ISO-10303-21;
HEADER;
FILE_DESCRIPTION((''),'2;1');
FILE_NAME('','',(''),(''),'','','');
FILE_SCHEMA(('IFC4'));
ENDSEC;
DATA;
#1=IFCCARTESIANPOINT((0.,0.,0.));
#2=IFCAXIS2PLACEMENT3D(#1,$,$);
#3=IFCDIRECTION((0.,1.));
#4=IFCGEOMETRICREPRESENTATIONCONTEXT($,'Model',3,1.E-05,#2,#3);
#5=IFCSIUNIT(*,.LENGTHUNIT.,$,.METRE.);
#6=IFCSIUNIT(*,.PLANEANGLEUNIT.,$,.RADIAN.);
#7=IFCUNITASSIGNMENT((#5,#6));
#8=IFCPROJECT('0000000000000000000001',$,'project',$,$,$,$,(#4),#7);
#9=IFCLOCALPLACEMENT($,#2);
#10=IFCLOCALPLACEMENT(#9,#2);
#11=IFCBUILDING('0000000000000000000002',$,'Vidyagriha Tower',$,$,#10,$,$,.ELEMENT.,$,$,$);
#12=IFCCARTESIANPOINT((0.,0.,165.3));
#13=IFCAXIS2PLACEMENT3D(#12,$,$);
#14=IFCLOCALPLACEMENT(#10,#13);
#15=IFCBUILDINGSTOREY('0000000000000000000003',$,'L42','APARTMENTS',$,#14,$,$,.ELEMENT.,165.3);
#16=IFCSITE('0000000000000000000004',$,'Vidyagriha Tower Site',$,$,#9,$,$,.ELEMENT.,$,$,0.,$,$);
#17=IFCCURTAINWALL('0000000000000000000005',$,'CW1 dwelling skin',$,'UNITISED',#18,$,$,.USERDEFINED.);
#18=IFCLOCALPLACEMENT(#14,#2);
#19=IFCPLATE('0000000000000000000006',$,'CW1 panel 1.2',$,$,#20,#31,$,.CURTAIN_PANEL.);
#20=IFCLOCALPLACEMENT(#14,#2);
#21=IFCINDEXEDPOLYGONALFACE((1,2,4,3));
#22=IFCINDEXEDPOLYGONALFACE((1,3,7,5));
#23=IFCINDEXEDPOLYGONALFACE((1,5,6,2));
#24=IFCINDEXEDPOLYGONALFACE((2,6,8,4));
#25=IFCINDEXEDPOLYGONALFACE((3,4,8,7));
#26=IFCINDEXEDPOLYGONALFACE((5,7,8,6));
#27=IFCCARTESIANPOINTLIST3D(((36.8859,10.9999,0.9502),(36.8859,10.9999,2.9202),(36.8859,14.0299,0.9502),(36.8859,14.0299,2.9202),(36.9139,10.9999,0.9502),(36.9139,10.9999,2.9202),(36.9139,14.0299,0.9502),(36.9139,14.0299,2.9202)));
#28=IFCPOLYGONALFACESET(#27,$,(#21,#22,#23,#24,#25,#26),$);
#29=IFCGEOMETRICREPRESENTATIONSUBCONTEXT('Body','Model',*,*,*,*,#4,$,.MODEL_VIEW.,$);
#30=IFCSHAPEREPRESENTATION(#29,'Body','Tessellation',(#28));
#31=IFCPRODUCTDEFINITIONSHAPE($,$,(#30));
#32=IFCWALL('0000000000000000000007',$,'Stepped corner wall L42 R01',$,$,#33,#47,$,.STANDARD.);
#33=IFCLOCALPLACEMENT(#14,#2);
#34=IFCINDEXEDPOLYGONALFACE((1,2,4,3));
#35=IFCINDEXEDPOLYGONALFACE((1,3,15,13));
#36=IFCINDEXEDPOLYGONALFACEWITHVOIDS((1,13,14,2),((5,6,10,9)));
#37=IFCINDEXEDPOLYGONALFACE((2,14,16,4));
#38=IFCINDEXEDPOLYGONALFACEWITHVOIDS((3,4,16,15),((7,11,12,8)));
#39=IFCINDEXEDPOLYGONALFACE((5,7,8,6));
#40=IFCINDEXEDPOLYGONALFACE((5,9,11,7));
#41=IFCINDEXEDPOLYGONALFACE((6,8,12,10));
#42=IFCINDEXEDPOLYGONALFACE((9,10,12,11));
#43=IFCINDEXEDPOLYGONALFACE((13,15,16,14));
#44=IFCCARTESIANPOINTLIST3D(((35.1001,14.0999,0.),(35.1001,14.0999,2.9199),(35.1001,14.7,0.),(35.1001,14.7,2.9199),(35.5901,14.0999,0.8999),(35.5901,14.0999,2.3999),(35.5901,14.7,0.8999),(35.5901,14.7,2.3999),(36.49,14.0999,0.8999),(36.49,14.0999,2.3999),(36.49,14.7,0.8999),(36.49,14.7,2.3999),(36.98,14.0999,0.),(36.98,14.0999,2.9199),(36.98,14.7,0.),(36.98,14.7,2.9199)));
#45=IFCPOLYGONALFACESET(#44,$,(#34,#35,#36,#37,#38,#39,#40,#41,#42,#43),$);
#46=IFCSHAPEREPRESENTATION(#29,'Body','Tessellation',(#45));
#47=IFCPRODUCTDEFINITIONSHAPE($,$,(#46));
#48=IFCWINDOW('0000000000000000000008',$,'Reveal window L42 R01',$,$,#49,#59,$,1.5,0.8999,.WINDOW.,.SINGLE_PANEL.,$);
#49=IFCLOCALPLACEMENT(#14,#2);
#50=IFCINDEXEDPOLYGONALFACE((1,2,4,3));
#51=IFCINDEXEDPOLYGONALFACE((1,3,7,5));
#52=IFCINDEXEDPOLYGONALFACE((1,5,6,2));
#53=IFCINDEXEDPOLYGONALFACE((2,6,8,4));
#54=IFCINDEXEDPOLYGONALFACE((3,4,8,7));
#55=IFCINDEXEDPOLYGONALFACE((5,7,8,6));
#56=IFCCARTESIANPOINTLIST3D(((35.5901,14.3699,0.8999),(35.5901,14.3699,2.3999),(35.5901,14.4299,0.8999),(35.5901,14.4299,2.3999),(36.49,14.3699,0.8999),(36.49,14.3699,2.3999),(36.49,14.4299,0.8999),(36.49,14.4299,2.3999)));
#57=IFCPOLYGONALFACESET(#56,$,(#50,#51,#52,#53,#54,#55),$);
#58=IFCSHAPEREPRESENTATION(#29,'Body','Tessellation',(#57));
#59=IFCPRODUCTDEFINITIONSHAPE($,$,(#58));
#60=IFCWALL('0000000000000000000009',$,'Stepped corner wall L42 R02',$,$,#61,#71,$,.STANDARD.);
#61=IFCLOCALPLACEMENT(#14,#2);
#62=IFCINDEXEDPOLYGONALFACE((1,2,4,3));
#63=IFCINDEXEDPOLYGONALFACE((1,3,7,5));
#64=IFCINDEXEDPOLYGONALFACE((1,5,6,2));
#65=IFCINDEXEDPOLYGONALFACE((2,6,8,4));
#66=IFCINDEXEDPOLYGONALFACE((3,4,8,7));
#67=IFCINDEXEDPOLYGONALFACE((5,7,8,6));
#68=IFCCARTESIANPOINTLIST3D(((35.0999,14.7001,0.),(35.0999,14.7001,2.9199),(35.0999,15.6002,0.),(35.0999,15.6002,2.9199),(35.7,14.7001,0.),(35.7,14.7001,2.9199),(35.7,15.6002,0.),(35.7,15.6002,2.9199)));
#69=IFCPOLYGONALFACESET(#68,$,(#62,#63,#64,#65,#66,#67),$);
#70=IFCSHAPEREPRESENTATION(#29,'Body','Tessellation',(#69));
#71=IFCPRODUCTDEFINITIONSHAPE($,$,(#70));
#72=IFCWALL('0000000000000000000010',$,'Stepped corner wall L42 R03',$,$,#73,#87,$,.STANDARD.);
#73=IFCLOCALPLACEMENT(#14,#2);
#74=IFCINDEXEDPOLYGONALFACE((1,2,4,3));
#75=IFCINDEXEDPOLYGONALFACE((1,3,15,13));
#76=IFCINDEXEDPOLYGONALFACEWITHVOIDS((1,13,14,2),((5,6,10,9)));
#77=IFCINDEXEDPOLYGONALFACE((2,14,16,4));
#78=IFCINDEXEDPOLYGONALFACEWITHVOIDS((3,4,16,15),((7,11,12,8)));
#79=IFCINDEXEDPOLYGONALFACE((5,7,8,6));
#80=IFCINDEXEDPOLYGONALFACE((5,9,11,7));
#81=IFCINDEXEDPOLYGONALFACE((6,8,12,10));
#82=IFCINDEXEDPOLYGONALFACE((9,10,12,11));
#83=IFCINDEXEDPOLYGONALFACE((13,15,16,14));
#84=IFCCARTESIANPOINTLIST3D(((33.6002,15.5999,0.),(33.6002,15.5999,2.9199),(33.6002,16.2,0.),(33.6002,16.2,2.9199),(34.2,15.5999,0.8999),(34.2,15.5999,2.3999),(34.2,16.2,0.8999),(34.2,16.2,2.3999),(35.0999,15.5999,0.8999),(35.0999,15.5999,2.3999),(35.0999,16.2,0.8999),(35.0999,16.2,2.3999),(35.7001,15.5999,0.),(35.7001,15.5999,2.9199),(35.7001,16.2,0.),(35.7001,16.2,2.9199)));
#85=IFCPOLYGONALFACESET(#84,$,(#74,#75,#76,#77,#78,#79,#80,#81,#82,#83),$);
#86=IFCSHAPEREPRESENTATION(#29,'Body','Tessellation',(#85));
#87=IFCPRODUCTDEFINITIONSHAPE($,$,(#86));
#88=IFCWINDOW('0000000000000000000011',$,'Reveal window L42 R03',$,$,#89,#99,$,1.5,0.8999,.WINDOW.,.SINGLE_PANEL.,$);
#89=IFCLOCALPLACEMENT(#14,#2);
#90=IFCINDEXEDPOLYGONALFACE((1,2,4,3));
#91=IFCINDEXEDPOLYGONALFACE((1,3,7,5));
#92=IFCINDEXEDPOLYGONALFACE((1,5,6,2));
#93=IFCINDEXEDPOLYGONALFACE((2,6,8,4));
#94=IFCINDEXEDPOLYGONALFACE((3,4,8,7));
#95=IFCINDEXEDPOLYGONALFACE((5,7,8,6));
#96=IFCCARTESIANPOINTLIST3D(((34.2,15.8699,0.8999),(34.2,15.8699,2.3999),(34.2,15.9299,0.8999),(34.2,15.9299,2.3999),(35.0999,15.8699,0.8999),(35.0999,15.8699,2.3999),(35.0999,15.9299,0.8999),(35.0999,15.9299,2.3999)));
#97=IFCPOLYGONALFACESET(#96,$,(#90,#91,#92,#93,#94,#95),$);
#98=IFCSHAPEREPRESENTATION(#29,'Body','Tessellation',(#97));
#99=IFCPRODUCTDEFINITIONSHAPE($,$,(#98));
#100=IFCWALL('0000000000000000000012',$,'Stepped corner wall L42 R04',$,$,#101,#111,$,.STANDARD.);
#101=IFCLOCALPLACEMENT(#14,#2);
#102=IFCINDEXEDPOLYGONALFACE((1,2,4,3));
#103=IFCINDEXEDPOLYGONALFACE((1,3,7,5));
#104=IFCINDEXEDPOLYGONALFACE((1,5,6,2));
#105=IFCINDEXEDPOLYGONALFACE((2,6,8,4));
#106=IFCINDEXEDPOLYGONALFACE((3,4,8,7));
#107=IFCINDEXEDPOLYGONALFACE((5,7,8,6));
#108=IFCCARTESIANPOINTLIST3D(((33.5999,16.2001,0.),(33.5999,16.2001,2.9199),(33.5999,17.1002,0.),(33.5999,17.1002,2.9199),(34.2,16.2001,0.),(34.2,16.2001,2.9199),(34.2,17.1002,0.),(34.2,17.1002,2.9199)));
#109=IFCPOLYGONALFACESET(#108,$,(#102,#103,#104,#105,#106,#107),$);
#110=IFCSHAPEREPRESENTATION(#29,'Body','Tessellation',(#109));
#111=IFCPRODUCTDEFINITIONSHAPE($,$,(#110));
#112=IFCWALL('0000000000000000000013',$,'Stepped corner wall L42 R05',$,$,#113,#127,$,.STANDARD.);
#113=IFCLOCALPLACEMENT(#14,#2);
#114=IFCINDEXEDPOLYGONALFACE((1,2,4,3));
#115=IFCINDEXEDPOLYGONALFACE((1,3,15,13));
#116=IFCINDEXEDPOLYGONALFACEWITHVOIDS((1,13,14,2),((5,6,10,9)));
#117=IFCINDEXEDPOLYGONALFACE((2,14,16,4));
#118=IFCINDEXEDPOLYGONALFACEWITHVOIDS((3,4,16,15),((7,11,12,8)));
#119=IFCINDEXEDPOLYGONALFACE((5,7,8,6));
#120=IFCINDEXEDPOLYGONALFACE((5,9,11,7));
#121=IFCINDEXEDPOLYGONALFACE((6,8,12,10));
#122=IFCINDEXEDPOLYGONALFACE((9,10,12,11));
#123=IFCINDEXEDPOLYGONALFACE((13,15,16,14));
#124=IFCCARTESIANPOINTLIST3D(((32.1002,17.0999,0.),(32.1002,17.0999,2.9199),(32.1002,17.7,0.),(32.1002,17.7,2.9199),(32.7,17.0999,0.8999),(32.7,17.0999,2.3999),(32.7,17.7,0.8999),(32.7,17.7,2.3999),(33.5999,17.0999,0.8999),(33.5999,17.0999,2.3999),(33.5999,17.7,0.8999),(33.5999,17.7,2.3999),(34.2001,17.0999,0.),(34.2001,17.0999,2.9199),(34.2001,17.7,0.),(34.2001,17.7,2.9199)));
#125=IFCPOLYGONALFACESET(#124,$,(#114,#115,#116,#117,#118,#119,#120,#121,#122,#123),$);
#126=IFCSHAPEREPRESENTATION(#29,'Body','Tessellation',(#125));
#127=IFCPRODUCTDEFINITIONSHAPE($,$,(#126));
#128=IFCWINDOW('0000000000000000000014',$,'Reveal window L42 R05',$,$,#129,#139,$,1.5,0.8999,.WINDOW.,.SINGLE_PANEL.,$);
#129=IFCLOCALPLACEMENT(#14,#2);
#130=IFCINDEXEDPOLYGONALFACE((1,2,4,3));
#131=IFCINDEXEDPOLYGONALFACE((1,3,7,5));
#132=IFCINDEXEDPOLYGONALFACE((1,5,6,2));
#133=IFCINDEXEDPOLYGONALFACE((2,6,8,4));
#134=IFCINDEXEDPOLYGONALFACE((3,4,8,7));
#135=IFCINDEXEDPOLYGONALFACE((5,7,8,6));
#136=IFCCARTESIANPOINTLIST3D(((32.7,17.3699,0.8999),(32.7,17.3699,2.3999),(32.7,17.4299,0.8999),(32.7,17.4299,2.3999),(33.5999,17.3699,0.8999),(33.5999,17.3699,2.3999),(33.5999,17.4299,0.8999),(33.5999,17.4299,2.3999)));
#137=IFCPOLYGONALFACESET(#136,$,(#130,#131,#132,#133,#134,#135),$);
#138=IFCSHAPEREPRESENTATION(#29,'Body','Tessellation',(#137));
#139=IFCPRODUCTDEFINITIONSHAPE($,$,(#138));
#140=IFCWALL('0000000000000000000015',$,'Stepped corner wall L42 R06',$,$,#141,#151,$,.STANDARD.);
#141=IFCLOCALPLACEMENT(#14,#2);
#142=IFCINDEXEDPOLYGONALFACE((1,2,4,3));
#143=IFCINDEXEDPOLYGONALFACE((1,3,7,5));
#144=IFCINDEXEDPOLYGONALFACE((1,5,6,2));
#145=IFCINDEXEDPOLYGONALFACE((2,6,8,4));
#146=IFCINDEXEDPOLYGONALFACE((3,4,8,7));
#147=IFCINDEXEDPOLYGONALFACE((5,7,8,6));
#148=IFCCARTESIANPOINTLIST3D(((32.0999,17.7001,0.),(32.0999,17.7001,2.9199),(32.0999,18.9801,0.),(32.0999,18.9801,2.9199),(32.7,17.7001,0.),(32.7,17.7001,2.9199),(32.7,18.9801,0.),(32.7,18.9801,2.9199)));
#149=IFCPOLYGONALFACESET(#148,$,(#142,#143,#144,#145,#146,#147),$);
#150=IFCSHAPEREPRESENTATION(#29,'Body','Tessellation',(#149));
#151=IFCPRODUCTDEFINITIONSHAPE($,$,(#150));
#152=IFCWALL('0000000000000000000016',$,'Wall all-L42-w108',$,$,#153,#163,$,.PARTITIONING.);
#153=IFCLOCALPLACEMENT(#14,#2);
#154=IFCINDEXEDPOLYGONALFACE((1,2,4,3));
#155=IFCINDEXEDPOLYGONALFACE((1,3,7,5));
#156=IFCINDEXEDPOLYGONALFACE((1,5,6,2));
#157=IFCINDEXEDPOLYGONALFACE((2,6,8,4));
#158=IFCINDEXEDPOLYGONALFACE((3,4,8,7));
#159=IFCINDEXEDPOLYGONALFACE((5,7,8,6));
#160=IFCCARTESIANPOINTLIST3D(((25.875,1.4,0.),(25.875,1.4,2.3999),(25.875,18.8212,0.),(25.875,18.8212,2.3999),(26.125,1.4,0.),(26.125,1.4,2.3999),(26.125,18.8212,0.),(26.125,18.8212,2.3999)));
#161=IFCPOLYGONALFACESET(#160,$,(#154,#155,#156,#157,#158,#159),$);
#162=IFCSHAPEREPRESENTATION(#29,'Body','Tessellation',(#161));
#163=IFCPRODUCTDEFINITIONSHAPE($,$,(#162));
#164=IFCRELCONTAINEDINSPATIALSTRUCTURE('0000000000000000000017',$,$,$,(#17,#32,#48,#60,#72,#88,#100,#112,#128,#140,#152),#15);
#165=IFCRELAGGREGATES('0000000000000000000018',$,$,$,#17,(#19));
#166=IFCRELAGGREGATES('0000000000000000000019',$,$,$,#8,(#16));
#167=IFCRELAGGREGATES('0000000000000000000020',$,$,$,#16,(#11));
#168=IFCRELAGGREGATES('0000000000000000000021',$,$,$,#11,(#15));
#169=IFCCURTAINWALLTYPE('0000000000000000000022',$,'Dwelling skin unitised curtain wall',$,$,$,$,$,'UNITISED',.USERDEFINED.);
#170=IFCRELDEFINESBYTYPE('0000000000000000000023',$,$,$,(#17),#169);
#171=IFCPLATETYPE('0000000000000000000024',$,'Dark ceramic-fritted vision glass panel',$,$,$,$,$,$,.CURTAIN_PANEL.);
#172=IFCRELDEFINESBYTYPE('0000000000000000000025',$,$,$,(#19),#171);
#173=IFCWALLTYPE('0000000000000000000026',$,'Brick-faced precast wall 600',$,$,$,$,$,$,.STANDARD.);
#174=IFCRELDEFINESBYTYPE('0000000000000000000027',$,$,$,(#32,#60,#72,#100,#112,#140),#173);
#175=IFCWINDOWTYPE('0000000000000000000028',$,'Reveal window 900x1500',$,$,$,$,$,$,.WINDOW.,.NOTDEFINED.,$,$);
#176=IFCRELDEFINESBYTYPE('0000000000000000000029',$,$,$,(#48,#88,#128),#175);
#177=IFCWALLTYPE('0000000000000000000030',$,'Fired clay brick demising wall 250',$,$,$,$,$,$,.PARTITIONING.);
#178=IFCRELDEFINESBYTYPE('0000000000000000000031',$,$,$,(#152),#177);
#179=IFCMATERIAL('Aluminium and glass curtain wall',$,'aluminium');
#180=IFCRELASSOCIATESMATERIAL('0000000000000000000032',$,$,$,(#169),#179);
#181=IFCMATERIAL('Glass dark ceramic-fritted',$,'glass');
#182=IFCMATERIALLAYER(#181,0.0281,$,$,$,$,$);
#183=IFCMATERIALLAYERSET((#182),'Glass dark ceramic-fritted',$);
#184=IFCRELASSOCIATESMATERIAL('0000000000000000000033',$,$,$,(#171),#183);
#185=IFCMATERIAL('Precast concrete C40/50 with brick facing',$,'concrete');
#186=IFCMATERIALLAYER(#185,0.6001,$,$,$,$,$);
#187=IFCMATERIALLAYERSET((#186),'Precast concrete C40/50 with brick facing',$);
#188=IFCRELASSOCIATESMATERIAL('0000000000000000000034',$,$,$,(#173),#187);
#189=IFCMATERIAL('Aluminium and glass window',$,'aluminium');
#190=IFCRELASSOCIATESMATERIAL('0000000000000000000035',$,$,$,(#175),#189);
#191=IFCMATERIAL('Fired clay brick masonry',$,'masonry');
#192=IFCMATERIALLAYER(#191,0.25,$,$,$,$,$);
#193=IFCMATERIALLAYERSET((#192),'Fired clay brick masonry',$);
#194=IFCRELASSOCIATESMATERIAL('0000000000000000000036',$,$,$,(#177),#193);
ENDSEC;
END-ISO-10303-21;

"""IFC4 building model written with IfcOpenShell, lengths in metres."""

from ifc_helpers import new_model, si_unit, direction, frame, frame_2d, origin, origin_2d, place, context, subcontext, project, spatial, rectangle, extrude, material, layer, layer_set, type_object, element, fill, aggregate, save


model = new_model("IFC4")

# Units and contexts
model_context = context("Model", 3, precision=1e-05, world=origin(), true_north=direction((0.0, 1.0)))
body_context = subcontext(model_context, "Body", "Model", "MODEL_VIEW")
ifc_project = project(units=[si_unit("LENGTHUNIT", "METRE"), si_unit("PLANEANGLEUNIT", "RADIAN")], contexts=[model_context])

# Site, building, storey
site_placement = place(None, origin())
site = spatial("IfcSite", under=ifc_project, at=site_placement, Name="Vidyagriha Tower Site", CompositionType="ELEMENT", RefElevation=0.0)
building_placement = place(site_placement, origin())
building = spatial("IfcBuilding", under=site, at=building_placement, Name="Vidyagriha Tower", CompositionType="ELEMENT")
storey_placement = place(building_placement, frame((0.0, 0.0, 165.3)))
storey = spatial("IfcBuildingStorey", under=building, at=storey_placement, Name="L42", Description="APARTMENTS", CompositionType="ELEMENT", Elevation=165.3)

# Shared definitions
ifc_material_1 = material(Name="Aluminium and glass curtain wall", Category="aluminium")
curtain_wall_type = type_object("IfcCurtainWallType", Name="Dwelling skin unitised curtain wall", ElementType="UNITISED", PredefinedType="USERDEFINED", material=ifc_material_1)

# Curtain wall
curtain_wall_1_placement = place(storey_placement, origin())
curtain_wall_1 = element("IfcCurtainWall", 1, at=curtain_wall_1_placement, inside=storey, type_object=curtain_wall_type, Name="CW1 dwelling skin", ObjectType="UNITISED", PredefinedType="USERDEFINED")

# Plate
ifc_material_2 = material(Name="Glass dark ceramic-fritted", Category="glass")
ifc_layer_1 = layer(ifc_material_2, 0.0281)
ifc_layer_set_1 = layer_set([ifc_layer_1], Name="Glass dark ceramic-fritted")
plate_type_1 = type_object("IfcPlateType", Name="Dark ceramic-fritted vision glass panel", PredefinedType="CURTAIN_PANEL", material=ifc_layer_set_1)
plate_1_placement = place(storey_placement, frame((36.8999, 12.5149, 0.9502), z_axis=(0.0, 0.0, 1.0), x_axis=(0.0, 1.0, 0.0)))
plate_1 = element("IfcPlate", 2, at=plate_1_placement, type_object=plate_type_1, Name="CW1 panel 1.2", PredefinedType="CURTAIN_PANEL", context=body_context, shape_type="SweptSolid", body=[
    extrude(rectangle(XDim=3.03, YDim=0.0281, at=origin_2d()), origin(), (0.0, 0.0, 1.0), 1.97),
])
aggregate(curtain_wall_1, [plate_1])

# Wall, opening, window
ifc_material_3 = material(Name="Precast concrete C40/50 with brick facing", Category="concrete")
ifc_layer_2 = layer(ifc_material_3, 0.6001)
ifc_layer_set_2 = layer_set([ifc_layer_2], Name="Precast concrete C40/50 with brick facing")
wall_type_1 = type_object("IfcWallType", Name="Brick-faced precast wall 600", PredefinedType="STANDARD", material=ifc_layer_set_2)
wall_1_placement = place(storey_placement, frame((36.98, 14.3999, 0.0), z_axis=(0.0, 0.0, 1.0), x_axis=(-1.0, 0.0, 0.0)))
wall_1 = element("IfcWall", 3, at=wall_1_placement, inside=storey, type_object=wall_type_1, Name="Stepped corner wall L42 R01", PredefinedType="STANDARD", context=body_context, shape_type="SweptSolid", body=[
    extrude(rectangle(XDim=1.8799, YDim=0.6001, at=frame_2d((0.9399, 0.0))), origin(), (0.0, 0.0, 1.0), 2.9199),
])
opening_1_placement = place(wall_1_placement, frame((0.49, 0.0, 0.8999)))
opening_1 = element("IfcOpeningElement", 4, at=opening_1_placement, cuts=wall_1, PredefinedType="OPENING", context=body_context, shape_type="SweptSolid", body=[
    extrude(rectangle(XDim=0.8999, YDim=1.5, at=frame_2d((0.45, 0.75))), frame((0.0, 0.3101, 0.0), z_axis=(0.0, -1.0, 0.0), x_axis=(1.0, 0.0, 0.0)), (0.0, 0.0, 1.0), 0.6201),
])
ifc_material_4 = material(Name="Aluminium and glass window", Category="aluminium")
window_type = type_object("IfcWindowType", Name="Reveal window 900x1500", PartitioningType="NOTDEFINED", PredefinedType="WINDOW", material=ifc_material_4)
window_1_placement = place(opening_1_placement, origin())
window_1 = element("IfcWindow", 5, at=window_1_placement, inside=storey, type_object=window_type, Name="Reveal window L42 R01", OverallHeight=1.5, OverallWidth=0.8999, PartitioningType="SINGLE_PANEL", PredefinedType="WINDOW", context=body_context, shape_type="SweptSolid", body=[
    extrude(rectangle(XDim=0.8999, YDim=1.5, at=frame_2d((0.45, 0.75))), frame((0.0, 0.03, 0.0), z_axis=(0.0, -1.0, 0.0), x_axis=(1.0, 0.0, 0.0)), (0.0, 0.0, 1.0), 0.0601),
])
fill(opening_1, window_1)

# Wall
wall_2_placement = place(storey_placement, frame((35.3999, 14.7, 0.0), z_axis=(0.0, 0.0, 1.0), x_axis=(0.0, 1.0, 0.0)))
element("IfcWall", 6, at=wall_2_placement, inside=storey, type_object=wall_type_1, Name="Stepped corner wall L42 R02", PredefinedType="STANDARD", context=body_context, shape_type="SweptSolid", body=[
    extrude(rectangle(XDim=0.9001, YDim=0.6001, at=frame_2d((0.4502, 0.0))), origin(), (0.0, 0.0, 1.0), 2.9199),
])

# Wall, opening, window
wall_3_placement = place(storey_placement, frame((35.7, 15.8999, 0.0), z_axis=(0.0, 0.0, 1.0), x_axis=(-1.0, 0.0, 0.0)))
wall_3 = element("IfcWall", 7, at=wall_3_placement, inside=storey, type_object=wall_type_1, Name="Stepped corner wall L42 R03", PredefinedType="STANDARD", context=body_context, shape_type="SweptSolid", body=[
    extrude(rectangle(XDim=2.0999, YDim=0.6001, at=frame_2d((1.0498, 0.0))), origin(), (0.0, 0.0, 1.0), 2.9199),
])
opening_2_placement = place(wall_3_placement, frame((0.6001, 0.0, 0.8999)))
opening_2 = element("IfcOpeningElement", 8, at=opening_2_placement, cuts=wall_3, PredefinedType="OPENING", context=body_context, shape_type="SweptSolid", body=[
    extrude(rectangle(XDim=0.8999, YDim=1.5, at=frame_2d((0.45, 0.75))), frame((0.0, 0.3101, 0.0), z_axis=(0.0, -1.0, 0.0), x_axis=(1.0, 0.0, 0.0)), (0.0, 0.0, 1.0), 0.6201),
])
window_2_placement = place(opening_2_placement, origin())
window_2 = element("IfcWindow", 9, at=window_2_placement, inside=storey, type_object=window_type, Name="Reveal window L42 R03", OverallHeight=1.5, OverallWidth=0.8999, PartitioningType="SINGLE_PANEL", PredefinedType="WINDOW", context=body_context, shape_type="SweptSolid", body=[
    extrude(rectangle(XDim=0.8999, YDim=1.5, at=frame_2d((0.45, 0.75))), frame((0.0, 0.03, 0.0), z_axis=(0.0, -1.0, 0.0), x_axis=(1.0, 0.0, 0.0)), (0.0, 0.0, 1.0), 0.0601),
])
fill(opening_2, window_2)

# Wall
wall_4_placement = place(storey_placement, frame((33.8999, 16.2, 0.0), z_axis=(0.0, 0.0, 1.0), x_axis=(0.0, 1.0, 0.0)))
element("IfcWall", 10, at=wall_4_placement, inside=storey, type_object=wall_type_1, Name="Stepped corner wall L42 R04", PredefinedType="STANDARD", context=body_context, shape_type="SweptSolid", body=[
    extrude(rectangle(XDim=0.9001, YDim=0.6001, at=frame_2d((0.4502, 0.0))), origin(), (0.0, 0.0, 1.0), 2.9199),
])

# Wall, opening, window
wall_5_placement = place(storey_placement, frame((34.2, 17.3999, 0.0), z_axis=(0.0, 0.0, 1.0), x_axis=(-1.0, 0.0, 0.0)))
wall_5 = element("IfcWall", 11, at=wall_5_placement, inside=storey, type_object=wall_type_1, Name="Stepped corner wall L42 R05", PredefinedType="STANDARD", context=body_context, shape_type="SweptSolid", body=[
    extrude(rectangle(XDim=2.0999, YDim=0.6001, at=frame_2d((1.0498, 0.0))), origin(), (0.0, 0.0, 1.0), 2.9199),
])
opening_3_placement = place(wall_5_placement, frame((0.6001, 0.0, 0.8999)))
opening_3 = element("IfcOpeningElement", 12, at=opening_3_placement, cuts=wall_5, PredefinedType="OPENING", context=body_context, shape_type="SweptSolid", body=[
    extrude(rectangle(XDim=0.8999, YDim=1.5, at=frame_2d((0.45, 0.75))), frame((0.0, 0.3101, 0.0), z_axis=(0.0, -1.0, 0.0), x_axis=(1.0, 0.0, 0.0)), (0.0, 0.0, 1.0), 0.6201),
])
window_3_placement = place(opening_3_placement, origin())
window_3 = element("IfcWindow", 13, at=window_3_placement, inside=storey, type_object=window_type, Name="Reveal window L42 R05", OverallHeight=1.5, OverallWidth=0.8999, PartitioningType="SINGLE_PANEL", PredefinedType="WINDOW", context=body_context, shape_type="SweptSolid", body=[
    extrude(rectangle(XDim=0.8999, YDim=1.5, at=frame_2d((0.45, 0.75))), frame((0.0, 0.03, 0.0), z_axis=(0.0, -1.0, 0.0), x_axis=(1.0, 0.0, 0.0)), (0.0, 0.0, 1.0), 0.0601),
])
fill(opening_3, window_3)

# Walls
wall_6_placement = place(storey_placement, frame((32.3999, 17.7, 0.0), z_axis=(0.0, 0.0, 1.0), x_axis=(0.0, 1.0, 0.0)))
element("IfcWall", 14, at=wall_6_placement, inside=storey, type_object=wall_type_1, Name="Stepped corner wall L42 R06", PredefinedType="STANDARD", context=body_context, shape_type="SweptSolid", body=[
    extrude(rectangle(XDim=1.28, YDim=0.6001, at=frame_2d((0.6401, 0.0))), origin(), (0.0, 0.0, 1.0), 2.9199),
])
ifc_material_5 = material(Name="Fired clay brick masonry", Category="masonry")
ifc_layer_3 = layer(ifc_material_5, 0.25)
ifc_layer_set_3 = layer_set([ifc_layer_3], Name="Fired clay brick masonry")
wall_type_2 = type_object("IfcWallType", Name="Fired clay brick demising wall 250", PredefinedType="PARTITIONING", material=ifc_layer_set_3)
wall_7_placement = place(storey_placement, frame((26.0, 18.821, 0.0), z_axis=(0.0, 0.0, 1.0), x_axis=(0.0, -1.0, 0.0)))
element("IfcWall", 15, at=wall_7_placement, inside=storey, type_object=wall_type_2, Name="Wall all-L42-w108", PredefinedType="PARTITIONING", context=body_context, shape_type="SweptSolid", body=[
    extrude(rectangle(XDim=17.4211, YDim=0.25, at=frame_2d((8.7104, 0.0))), origin(), (0.0, 0.0, 1.0), 2.3999),
])

save(model, "model.ifc")
